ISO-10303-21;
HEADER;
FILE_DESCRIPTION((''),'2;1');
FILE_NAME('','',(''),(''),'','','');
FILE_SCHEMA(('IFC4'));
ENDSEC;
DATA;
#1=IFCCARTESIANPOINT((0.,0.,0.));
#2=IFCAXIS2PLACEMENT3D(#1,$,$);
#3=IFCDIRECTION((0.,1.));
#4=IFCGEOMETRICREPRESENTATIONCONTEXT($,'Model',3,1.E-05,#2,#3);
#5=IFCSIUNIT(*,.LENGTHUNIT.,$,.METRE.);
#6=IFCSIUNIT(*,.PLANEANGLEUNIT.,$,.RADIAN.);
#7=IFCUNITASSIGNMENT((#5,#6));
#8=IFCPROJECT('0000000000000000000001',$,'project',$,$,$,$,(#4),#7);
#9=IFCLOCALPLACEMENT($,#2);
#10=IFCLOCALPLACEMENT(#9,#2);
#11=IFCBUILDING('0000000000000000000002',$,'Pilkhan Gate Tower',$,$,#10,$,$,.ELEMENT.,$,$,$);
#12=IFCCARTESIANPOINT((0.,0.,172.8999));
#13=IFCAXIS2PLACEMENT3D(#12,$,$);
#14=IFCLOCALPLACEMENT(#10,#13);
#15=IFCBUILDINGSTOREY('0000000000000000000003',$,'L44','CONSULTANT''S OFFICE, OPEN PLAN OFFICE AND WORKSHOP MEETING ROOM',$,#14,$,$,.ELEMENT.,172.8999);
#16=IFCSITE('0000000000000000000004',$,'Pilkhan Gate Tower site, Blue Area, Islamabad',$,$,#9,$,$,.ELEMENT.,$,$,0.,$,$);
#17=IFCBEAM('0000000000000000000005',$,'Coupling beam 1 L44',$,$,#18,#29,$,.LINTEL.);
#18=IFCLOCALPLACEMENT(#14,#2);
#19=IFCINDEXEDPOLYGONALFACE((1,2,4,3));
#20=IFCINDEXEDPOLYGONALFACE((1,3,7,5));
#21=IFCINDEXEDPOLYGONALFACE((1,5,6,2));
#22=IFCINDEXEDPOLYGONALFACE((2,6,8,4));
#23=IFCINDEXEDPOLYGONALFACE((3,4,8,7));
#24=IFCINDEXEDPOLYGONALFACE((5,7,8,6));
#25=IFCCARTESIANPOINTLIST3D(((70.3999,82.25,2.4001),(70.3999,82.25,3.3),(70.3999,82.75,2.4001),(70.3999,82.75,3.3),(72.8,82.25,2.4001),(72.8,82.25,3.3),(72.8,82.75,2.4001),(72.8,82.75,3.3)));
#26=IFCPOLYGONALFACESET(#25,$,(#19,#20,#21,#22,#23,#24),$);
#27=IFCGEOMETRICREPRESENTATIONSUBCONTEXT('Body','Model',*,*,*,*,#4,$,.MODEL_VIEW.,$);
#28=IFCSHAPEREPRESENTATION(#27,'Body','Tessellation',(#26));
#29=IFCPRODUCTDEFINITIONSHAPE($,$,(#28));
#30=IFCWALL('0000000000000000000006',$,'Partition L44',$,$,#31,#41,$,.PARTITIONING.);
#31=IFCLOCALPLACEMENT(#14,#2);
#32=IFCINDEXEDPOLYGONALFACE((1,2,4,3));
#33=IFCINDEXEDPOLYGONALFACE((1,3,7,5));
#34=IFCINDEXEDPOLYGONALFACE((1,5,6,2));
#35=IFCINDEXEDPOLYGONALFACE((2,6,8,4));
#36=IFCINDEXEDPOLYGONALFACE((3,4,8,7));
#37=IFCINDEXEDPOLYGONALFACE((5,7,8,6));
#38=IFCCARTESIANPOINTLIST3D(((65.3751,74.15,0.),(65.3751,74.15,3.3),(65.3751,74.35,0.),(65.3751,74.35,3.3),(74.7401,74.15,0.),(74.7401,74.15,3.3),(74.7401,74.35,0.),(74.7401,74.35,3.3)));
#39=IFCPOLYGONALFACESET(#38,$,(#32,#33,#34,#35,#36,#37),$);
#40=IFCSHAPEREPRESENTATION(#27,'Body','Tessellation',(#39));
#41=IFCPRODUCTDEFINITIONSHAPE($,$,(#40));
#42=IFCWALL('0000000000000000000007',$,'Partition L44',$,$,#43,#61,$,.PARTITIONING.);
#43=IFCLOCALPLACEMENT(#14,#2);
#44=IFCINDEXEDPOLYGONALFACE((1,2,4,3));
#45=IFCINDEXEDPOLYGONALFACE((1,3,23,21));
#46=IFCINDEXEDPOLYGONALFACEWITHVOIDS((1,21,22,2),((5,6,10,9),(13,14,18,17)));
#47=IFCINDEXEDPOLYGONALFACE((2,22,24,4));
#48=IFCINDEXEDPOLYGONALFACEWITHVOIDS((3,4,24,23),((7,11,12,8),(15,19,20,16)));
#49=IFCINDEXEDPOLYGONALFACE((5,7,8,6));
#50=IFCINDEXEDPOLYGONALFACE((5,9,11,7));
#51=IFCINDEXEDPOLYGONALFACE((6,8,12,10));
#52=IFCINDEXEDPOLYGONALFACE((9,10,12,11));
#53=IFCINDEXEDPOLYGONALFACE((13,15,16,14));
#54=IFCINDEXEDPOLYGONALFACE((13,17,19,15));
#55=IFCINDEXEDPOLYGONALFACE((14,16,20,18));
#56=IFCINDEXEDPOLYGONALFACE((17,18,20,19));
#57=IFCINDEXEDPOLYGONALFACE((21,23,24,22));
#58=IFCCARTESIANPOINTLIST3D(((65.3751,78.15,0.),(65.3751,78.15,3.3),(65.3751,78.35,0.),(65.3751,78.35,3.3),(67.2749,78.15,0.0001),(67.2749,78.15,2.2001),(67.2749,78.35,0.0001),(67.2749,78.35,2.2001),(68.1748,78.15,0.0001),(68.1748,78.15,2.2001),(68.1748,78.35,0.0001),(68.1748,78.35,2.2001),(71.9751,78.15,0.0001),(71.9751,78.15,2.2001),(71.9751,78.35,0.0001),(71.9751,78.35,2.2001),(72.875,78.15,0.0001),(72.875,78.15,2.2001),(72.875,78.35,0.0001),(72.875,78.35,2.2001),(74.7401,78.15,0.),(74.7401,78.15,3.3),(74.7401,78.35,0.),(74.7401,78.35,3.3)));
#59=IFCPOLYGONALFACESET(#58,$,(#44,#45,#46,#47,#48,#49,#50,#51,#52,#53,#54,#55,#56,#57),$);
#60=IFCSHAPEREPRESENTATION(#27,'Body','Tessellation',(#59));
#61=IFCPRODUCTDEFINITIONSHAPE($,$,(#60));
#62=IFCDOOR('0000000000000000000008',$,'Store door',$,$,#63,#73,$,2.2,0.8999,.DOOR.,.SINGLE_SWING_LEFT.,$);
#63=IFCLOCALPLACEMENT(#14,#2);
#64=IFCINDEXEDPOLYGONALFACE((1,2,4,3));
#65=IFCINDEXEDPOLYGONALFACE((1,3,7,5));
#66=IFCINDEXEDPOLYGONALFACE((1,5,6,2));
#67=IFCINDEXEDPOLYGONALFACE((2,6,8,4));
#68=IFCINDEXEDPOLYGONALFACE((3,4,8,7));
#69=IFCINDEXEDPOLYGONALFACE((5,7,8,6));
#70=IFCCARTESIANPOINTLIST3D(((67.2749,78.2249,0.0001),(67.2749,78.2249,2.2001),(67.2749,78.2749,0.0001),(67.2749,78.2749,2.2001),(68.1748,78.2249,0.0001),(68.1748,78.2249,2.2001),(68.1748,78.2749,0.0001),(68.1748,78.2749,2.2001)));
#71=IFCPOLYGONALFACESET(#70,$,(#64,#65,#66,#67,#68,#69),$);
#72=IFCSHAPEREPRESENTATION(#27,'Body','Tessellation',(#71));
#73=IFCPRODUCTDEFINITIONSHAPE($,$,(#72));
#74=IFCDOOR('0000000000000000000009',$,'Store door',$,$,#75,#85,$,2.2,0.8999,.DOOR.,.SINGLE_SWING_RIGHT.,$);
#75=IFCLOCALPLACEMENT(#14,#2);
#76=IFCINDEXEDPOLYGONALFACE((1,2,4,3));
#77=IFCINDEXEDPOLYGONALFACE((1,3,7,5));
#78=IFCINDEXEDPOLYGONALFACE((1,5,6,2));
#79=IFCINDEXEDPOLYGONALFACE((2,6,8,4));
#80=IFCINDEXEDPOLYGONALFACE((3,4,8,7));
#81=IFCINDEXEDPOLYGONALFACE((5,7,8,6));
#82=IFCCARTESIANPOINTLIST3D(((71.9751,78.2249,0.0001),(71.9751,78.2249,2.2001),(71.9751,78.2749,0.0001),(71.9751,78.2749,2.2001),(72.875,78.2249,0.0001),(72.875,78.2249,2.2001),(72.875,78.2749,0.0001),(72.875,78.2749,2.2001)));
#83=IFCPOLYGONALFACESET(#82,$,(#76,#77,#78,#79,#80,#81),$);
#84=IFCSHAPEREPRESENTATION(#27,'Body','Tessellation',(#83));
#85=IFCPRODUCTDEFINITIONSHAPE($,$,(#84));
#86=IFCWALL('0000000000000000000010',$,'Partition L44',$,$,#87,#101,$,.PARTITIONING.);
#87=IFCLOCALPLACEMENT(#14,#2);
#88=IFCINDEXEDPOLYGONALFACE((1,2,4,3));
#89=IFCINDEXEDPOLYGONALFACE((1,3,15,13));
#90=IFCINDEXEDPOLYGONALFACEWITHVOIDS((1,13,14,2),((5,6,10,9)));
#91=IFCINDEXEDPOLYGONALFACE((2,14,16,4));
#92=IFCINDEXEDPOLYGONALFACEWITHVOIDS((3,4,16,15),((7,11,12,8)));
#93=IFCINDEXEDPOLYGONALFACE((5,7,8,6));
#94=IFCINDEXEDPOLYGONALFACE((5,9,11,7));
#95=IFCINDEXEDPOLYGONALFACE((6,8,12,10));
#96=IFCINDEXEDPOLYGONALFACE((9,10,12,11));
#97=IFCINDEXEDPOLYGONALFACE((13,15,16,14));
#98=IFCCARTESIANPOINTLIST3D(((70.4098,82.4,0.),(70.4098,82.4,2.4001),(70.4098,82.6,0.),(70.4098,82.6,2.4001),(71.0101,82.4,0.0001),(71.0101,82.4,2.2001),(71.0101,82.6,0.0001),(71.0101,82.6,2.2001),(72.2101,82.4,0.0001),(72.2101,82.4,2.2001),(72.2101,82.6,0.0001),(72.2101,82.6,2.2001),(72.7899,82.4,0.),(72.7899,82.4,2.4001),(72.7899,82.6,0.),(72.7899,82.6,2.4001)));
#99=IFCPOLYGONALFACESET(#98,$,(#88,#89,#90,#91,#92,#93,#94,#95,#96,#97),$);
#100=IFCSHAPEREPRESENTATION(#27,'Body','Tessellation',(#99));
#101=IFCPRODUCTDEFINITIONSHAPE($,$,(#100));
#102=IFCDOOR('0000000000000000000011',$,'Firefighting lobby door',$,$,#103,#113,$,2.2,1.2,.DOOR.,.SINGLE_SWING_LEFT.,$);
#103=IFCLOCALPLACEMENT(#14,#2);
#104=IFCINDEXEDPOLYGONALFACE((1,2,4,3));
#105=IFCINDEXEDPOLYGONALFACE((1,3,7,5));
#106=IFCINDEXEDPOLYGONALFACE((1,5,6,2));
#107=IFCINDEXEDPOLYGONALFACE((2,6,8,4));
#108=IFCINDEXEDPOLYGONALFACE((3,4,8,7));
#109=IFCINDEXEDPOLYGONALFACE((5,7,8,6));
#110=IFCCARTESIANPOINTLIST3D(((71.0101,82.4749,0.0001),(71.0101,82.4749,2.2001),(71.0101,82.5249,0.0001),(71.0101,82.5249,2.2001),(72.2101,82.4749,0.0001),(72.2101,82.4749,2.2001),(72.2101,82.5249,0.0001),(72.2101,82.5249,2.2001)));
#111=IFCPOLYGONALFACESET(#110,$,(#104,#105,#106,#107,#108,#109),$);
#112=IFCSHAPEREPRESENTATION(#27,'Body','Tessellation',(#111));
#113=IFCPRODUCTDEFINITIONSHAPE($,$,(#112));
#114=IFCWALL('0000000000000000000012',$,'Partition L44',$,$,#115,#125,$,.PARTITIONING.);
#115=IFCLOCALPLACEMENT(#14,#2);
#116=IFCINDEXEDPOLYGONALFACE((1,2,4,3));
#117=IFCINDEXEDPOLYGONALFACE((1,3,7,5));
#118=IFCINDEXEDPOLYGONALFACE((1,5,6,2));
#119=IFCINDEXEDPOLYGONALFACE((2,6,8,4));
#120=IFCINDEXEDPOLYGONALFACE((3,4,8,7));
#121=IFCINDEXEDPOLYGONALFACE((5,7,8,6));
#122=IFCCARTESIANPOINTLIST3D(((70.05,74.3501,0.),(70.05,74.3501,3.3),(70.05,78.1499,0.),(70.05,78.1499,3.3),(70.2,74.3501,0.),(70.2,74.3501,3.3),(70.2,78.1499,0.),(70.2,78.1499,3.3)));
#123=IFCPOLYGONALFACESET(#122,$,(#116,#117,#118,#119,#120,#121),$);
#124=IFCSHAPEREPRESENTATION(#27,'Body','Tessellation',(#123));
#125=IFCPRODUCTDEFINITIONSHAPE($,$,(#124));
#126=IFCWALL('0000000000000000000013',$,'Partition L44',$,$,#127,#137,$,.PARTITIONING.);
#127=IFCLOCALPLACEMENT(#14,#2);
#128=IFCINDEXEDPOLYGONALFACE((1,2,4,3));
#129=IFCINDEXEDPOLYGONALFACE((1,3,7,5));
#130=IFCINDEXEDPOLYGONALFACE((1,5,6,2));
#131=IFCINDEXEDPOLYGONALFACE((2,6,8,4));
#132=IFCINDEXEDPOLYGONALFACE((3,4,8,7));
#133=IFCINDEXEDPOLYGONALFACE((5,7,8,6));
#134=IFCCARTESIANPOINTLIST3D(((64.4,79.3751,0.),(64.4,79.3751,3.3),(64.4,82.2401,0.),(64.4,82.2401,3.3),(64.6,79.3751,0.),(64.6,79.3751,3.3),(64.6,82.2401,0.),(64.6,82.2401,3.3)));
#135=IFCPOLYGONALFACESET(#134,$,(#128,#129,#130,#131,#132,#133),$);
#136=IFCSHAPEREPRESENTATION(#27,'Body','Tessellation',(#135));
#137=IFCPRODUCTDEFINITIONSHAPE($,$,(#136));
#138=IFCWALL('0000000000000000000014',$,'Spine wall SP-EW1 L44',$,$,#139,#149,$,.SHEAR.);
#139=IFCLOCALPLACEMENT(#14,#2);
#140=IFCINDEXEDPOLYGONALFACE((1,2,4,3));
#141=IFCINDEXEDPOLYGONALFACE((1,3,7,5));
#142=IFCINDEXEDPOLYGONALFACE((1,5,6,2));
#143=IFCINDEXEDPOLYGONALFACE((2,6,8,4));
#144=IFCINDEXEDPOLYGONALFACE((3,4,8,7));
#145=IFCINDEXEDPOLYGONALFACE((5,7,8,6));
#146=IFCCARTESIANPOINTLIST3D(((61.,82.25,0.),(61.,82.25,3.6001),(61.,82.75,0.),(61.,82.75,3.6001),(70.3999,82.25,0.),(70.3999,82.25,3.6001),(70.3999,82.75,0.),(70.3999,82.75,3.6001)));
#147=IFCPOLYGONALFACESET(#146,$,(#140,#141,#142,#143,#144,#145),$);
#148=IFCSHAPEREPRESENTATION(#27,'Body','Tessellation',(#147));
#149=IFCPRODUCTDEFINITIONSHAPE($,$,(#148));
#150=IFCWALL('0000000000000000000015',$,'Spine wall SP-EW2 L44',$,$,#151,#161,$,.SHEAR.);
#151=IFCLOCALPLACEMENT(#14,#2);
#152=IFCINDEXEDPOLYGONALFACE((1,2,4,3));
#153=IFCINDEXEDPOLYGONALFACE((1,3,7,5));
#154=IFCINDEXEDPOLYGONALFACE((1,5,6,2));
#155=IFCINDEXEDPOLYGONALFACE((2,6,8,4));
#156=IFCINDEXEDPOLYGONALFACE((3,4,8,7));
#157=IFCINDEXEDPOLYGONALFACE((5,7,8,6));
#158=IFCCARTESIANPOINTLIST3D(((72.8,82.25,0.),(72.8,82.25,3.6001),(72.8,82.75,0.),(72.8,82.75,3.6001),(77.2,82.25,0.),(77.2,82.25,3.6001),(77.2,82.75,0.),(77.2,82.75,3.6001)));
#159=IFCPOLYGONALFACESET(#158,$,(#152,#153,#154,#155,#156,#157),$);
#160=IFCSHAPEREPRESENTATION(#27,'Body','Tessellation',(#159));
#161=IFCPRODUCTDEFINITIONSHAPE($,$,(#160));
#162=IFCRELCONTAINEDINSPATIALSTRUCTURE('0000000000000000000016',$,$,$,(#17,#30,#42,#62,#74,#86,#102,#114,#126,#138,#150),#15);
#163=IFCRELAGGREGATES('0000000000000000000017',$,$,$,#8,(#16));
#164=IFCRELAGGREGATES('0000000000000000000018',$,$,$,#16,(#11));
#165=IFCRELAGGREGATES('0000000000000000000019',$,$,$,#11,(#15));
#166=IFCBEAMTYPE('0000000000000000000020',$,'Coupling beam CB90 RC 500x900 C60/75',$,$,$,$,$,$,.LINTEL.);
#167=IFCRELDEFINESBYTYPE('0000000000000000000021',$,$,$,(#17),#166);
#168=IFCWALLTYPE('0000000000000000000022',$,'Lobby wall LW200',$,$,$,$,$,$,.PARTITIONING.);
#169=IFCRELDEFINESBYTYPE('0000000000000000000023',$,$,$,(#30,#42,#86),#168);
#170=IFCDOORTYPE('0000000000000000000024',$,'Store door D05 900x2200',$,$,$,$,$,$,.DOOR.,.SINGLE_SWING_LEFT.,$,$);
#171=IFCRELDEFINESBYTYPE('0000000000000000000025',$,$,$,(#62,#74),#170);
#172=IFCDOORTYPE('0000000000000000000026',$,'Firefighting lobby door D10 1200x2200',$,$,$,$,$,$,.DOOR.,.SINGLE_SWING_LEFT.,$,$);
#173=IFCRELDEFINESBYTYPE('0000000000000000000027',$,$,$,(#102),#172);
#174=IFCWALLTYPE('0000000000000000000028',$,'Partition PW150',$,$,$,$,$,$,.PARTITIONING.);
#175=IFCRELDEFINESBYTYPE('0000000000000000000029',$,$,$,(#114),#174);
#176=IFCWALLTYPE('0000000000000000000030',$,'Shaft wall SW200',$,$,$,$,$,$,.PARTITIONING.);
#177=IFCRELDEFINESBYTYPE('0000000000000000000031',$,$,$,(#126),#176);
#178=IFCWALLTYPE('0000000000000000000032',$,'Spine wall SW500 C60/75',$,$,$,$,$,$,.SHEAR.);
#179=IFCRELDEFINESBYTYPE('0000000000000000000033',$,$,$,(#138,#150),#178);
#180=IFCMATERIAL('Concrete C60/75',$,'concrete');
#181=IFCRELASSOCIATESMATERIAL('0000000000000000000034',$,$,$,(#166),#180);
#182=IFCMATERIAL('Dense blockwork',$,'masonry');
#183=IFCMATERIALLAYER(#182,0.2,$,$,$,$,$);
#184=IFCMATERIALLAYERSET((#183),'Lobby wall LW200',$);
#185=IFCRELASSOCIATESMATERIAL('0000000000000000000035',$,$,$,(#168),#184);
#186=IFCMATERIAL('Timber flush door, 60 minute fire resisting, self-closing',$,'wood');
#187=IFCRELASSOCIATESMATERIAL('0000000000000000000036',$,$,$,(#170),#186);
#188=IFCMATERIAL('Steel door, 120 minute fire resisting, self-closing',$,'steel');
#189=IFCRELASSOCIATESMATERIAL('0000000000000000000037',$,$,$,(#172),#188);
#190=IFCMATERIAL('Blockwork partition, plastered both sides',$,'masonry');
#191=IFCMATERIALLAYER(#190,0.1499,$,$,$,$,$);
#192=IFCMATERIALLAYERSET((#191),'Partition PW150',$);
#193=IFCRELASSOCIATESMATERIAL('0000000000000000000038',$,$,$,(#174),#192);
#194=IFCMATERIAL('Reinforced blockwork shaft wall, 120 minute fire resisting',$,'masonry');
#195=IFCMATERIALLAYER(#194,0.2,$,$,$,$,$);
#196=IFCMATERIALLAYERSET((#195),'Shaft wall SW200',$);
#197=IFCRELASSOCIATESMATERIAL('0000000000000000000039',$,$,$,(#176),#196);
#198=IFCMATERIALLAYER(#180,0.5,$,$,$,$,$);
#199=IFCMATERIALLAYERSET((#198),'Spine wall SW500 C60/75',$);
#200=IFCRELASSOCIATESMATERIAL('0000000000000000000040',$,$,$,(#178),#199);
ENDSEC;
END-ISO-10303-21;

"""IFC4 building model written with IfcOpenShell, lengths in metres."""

from ifc_helpers import new_model, si_unit, direction, frame, frame_2d, origin, origin_2d, place, context, subcontext, project, spatial, rectangle, extrude, material, layer, layer_set, material_profile, profile_set, type_object, element, fill, save


model = new_model("IFC4")

# Units and contexts
model_context = context("Model", 3, precision=1e-05, world=origin(), true_north=direction((0.0, 1.0)))
body_context = subcontext(model_context, "Body", "Model", "MODEL_VIEW")
ifc_project = project(units=[si_unit("LENGTHUNIT", "METRE"), si_unit("PLANEANGLEUNIT", "RADIAN")], contexts=[model_context])

# Site, building, storey
site_placement = place(None, origin())
site = spatial("IfcSite", under=ifc_project, at=site_placement, Name="Pilkhan Gate Tower site, Blue Area, Islamabad", CompositionType="ELEMENT", RefElevation=0.0)
building_placement = place(site_placement, origin())
building = spatial("IfcBuilding", under=site, at=building_placement, Name="Pilkhan Gate Tower", CompositionType="ELEMENT")
storey_placement = place(building_placement, frame((0.0, 0.0, 172.8999)))
storey = spatial("IfcBuildingStorey", under=building, at=storey_placement, Name="L44", Description="CONSULTANT'S OFFICE, OPEN PLAN OFFICE AND WORKSHOP MEETING ROOM", CompositionType="ELEMENT", Elevation=172.8999)

# Beam
ifc_material_1 = material(Name="Concrete C60/75", Category="concrete")
ifc_material_profile = material_profile(ifc_material_1, rectangle(XDim=0.5, YDim=0.8999, at=origin_2d()), Name="RC 500x900")
ifc_profile_set = profile_set([ifc_material_profile], Name="Concrete C60/75")
beam_type = type_object("IfcBeamType", Name="Coupling beam CB90 RC 500x900 C60/75", PredefinedType="LINTEL", material=ifc_profile_set)
beam_placement = place(storey_placement, frame((70.3999, 82.5, 2.8501), z_axis=(1.0, 0.0, 0.0), x_axis=(0.0, 1.0, 0.0)))
element("IfcBeam", 1, at=beam_placement, inside=storey, type_object=beam_type, Name="Coupling beam 1 L44", PredefinedType="LINTEL", context=body_context, shape_type="SweptSolid", body=[
    extrude(rectangle(XDim=0.5, YDim=0.8999, at=origin_2d()), origin(), (0.0, 0.0, 1.0), 2.4001),
])

# Wall
ifc_material_2 = material(Name="Dense blockwork", Category="masonry")
ifc_layer_1 = layer(ifc_material_2, 0.2)
ifc_layer_set_1 = layer_set([ifc_layer_1], Name="Lobby wall LW200")
wall_type_1 = type_object("IfcWallType", Name="Lobby wall LW200", PredefinedType="PARTITIONING", material=ifc_layer_set_1)
wall_1_placement = place(storey_placement, frame((65.375, 74.25, 0.0), z_axis=(0.0, 0.0, 1.0), x_axis=(1.0, 0.0, 0.0)))
element("IfcWall", 2, at=wall_1_placement, inside=storey, type_object=wall_type_1, Name="Partition L44", PredefinedType="PARTITIONING", context=body_context, shape_type="SweptSolid", body=[
    extrude(rectangle(XDim=9.365, YDim=0.2, at=frame_2d((4.6826, 0.0))), origin(), (0.0, 0.0, 1.0), 3.3),
])

# Wall, openings, doors
wall_2_placement = place(storey_placement, frame((65.375, 78.25, 0.0), z_axis=(0.0, 0.0, 1.0), x_axis=(1.0, 0.0, 0.0)))
wall_2 = element("IfcWall", 3, at=wall_2_placement, inside=storey, type_object=wall_type_1, Name="Partition L44", PredefinedType="PARTITIONING", context=body_context, shape_type="SweptSolid", body=[
    extrude(rectangle(XDim=9.365, YDim=0.2, at=frame_2d((4.6826, 0.0))), origin(), (0.0, 0.0, 1.0), 3.3),
])
opening_1_placement = place(wall_2_placement, frame((1.8999, 0.0, 0.0)))
opening_1 = element("IfcOpeningElement", 4, at=opening_1_placement, cuts=wall_2, PredefinedType="OPENING", context=body_context, shape_type="SweptSolid", body=[
    extrude(rectangle(XDim=0.8999, YDim=2.2, at=frame_2d((0.45, 1.1001))), frame((0.0, 0.1099, 0.0), z_axis=(0.0, -1.0, 0.0), x_axis=(1.0, 0.0, 0.0)), (0.0, 0.0, 1.0), 0.22),
])
opening_2_placement = place(wall_2_placement, frame((6.6001, 0.0, 0.0)))
opening_2 = element("IfcOpeningElement", 5, at=opening_2_placement, cuts=wall_2, PredefinedType="OPENING", context=body_context, shape_type="SweptSolid", body=[
    extrude(rectangle(XDim=0.8999, YDim=2.2, at=frame_2d((0.45, 1.1001))), frame((0.0, 0.1099, 0.0), z_axis=(0.0, -1.0, 0.0), x_axis=(1.0, 0.0, 0.0)), (0.0, 0.0, 1.0), 0.22),
])
ifc_material_3 = material(Name="Timber flush door, 60 minute fire resisting, self-closing", Category="wood")
door_type_1 = type_object("IfcDoorType", Name="Store door D05 900x2200", OperationType="SINGLE_SWING_LEFT", PredefinedType="DOOR", material=ifc_material_3)
door_1_placement = place(opening_1_placement, origin())
door_1 = element("IfcDoor", 6, at=door_1_placement, inside=storey, type_object=door_type_1, Name="Store door", OperationType="SINGLE_SWING_LEFT", OverallHeight=2.2, OverallWidth=0.8999, PredefinedType="DOOR", context=body_context, shape_type="SweptSolid", body=[
    extrude(rectangle(XDim=0.8999, YDim=2.2, at=frame_2d((0.45, 1.1001))), frame((0.0, 0.0249, 0.0), z_axis=(0.0, -1.0, 0.0), x_axis=(1.0, 0.0, 0.0)), (0.0, 0.0, 1.0), 0.05),
])
fill(opening_1, door_1)
door_2_placement = place(opening_2_placement, origin())
door_2 = element("IfcDoor", 7, at=door_2_placement, inside=storey, type_object=door_type_1, Name="Store door", OperationType="SINGLE_SWING_RIGHT", OverallHeight=2.2, OverallWidth=0.8999, PredefinedType="DOOR", context=body_context, shape_type="SweptSolid", body=[
    extrude(rectangle(XDim=0.8999, YDim=2.2, at=frame_2d((0.45, 1.1001))), frame((0.0, 0.0249, 0.0), z_axis=(0.0, -1.0, 0.0), x_axis=(1.0, 0.0, 0.0)), (0.0, 0.0, 1.0), 0.05),
])
fill(opening_2, door_2)

# Wall, opening, door
wall_3_placement = place(storey_placement, frame((70.4099, 82.5, 0.0), z_axis=(0.0, 0.0, 1.0), x_axis=(1.0, 0.0, 0.0)))
wall_3 = element("IfcWall", 8, at=wall_3_placement, inside=storey, type_object=wall_type_1, Name="Partition L44", PredefinedType="PARTITIONING", context=body_context, shape_type="SweptSolid", body=[
    extrude(rectangle(XDim=2.3801, YDim=0.2, at=frame_2d((1.1899, 0.0))), origin(), (0.0, 0.0, 1.0), 2.4001),
])
opening_3_placement = place(wall_3_placement, frame((0.6001, 0.0, 0.0)))
opening_3 = element("IfcOpeningElement", 9, at=opening_3_placement, cuts=wall_3, PredefinedType="OPENING", context=body_context, shape_type="SweptSolid", body=[
    extrude(rectangle(XDim=1.2, YDim=2.2, at=frame_2d((0.6001, 1.1001))), frame((0.0, 0.1099, 0.0), z_axis=(0.0, -1.0, 0.0), x_axis=(1.0, 0.0, 0.0)), (0.0, 0.0, 1.0), 0.22),
])
ifc_material_4 = material(Name="Steel door, 120 minute fire resisting, self-closing", Category="steel")
door_type_2 = type_object("IfcDoorType", Name="Firefighting lobby door D10 1200x2200", OperationType="SINGLE_SWING_LEFT", PredefinedType="DOOR", material=ifc_material_4)
door_3_placement = place(opening_3_placement, origin())
door_3 = element("IfcDoor", 10, at=door_3_placement, inside=storey, type_object=door_type_2, Name="Firefighting lobby door", OperationType="SINGLE_SWING_LEFT", OverallHeight=2.2, OverallWidth=1.2, PredefinedType="DOOR", context=body_context, shape_type="SweptSolid", body=[
    extrude(rectangle(XDim=1.2, YDim=2.2, at=frame_2d((0.6001, 1.1001))), frame((0.0, 0.0249, 0.0), z_axis=(0.0, -1.0, 0.0), x_axis=(1.0, 0.0, 0.0)), (0.0, 0.0, 1.0), 0.05),
])
fill(opening_3, door_3)

# Walls
ifc_material_5 = material(Name="Blockwork partition, plastered both sides", Category="masonry")
ifc_layer_2 = layer(ifc_material_5, 0.1499)
ifc_layer_set_2 = layer_set([ifc_layer_2], Name="Partition PW150")
wall_type_2 = type_object("IfcWallType", Name="Partition PW150", PredefinedType="PARTITIONING", material=ifc_layer_set_2)
wall_4_placement = place(storey_placement, frame((70.125, 74.3501, 0.0), z_axis=(0.0, 0.0, 1.0), x_axis=(0.0, 1.0, 0.0)))
element("IfcWall", 11, at=wall_4_placement, inside=storey, type_object=wall_type_2, Name="Partition L44", PredefinedType="PARTITIONING", context=body_context, shape_type="SweptSolid", body=[
    extrude(rectangle(XDim=3.7998, YDim=0.1499, at=frame_2d((1.8999, 0.0))), origin(), (0.0, 0.0, 1.0), 3.3),
])
ifc_material_6 = material(Name="Reinforced blockwork shaft wall, 120 minute fire resisting", Category="masonry")
ifc_layer_3 = layer(ifc_material_6, 0.2)
ifc_layer_set_3 = layer_set([ifc_layer_3], Name="Shaft wall SW200")
wall_type_3 = type_object("IfcWallType", Name="Shaft wall SW200", PredefinedType="PARTITIONING", material=ifc_layer_set_3)
wall_5_placement = place(storey_placement, frame((64.5, 79.375, 0.0), z_axis=(0.0, 0.0, 1.0), x_axis=(0.0, 1.0, 0.0)))
element("IfcWall", 12, at=wall_5_placement, inside=storey, type_object=wall_type_3, Name="Partition L44", PredefinedType="PARTITIONING", context=body_context, shape_type="SweptSolid", body=[
    extrude(rectangle(XDim=2.865, YDim=0.2, at=frame_2d((1.4326, 0.0))), origin(), (0.0, 0.0, 1.0), 3.3),
])
ifc_layer_4 = layer(ifc_material_1, 0.5)
ifc_layer_set_4 = layer_set([ifc_layer_4], Name="Spine wall SW500 C60/75")
wall_type_4 = type_object("IfcWallType", Name="Spine wall SW500 C60/75", PredefinedType="SHEAR", material=ifc_layer_set_4)
wall_6_placement = place(storey_placement, frame((61.0, 82.5, 0.0), z_axis=(0.0, 0.0, 1.0), x_axis=(1.0, 0.0, 0.0)))
element("IfcWall", 13, at=wall_6_placement, inside=storey, type_object=wall_type_4, Name="Spine wall SP-EW1 L44", PredefinedType="SHEAR", context=body_context, shape_type="SweptSolid", body=[
    extrude(rectangle(XDim=9.3999, YDim=0.5, at=frame_2d((4.7, 0.0))), origin(), (0.0, 0.0, 1.0), 3.6001),
])
wall_7_placement = place(storey_placement, frame((72.8, 82.5, 0.0), z_axis=(0.0, 0.0, 1.0), x_axis=(1.0, 0.0, 0.0)))
element("IfcWall", 14, at=wall_7_placement, inside=storey, type_object=wall_type_4, Name="Spine wall SP-EW2 L44", PredefinedType="SHEAR", context=body_context, shape_type="SweptSolid", body=[
    extrude(rectangle(XDim=4.3999, YDim=0.5, at=frame_2d((2.2, 0.0))), origin(), (0.0, 0.0, 1.0), 3.6001),
])

save(model, "model.ifc")
